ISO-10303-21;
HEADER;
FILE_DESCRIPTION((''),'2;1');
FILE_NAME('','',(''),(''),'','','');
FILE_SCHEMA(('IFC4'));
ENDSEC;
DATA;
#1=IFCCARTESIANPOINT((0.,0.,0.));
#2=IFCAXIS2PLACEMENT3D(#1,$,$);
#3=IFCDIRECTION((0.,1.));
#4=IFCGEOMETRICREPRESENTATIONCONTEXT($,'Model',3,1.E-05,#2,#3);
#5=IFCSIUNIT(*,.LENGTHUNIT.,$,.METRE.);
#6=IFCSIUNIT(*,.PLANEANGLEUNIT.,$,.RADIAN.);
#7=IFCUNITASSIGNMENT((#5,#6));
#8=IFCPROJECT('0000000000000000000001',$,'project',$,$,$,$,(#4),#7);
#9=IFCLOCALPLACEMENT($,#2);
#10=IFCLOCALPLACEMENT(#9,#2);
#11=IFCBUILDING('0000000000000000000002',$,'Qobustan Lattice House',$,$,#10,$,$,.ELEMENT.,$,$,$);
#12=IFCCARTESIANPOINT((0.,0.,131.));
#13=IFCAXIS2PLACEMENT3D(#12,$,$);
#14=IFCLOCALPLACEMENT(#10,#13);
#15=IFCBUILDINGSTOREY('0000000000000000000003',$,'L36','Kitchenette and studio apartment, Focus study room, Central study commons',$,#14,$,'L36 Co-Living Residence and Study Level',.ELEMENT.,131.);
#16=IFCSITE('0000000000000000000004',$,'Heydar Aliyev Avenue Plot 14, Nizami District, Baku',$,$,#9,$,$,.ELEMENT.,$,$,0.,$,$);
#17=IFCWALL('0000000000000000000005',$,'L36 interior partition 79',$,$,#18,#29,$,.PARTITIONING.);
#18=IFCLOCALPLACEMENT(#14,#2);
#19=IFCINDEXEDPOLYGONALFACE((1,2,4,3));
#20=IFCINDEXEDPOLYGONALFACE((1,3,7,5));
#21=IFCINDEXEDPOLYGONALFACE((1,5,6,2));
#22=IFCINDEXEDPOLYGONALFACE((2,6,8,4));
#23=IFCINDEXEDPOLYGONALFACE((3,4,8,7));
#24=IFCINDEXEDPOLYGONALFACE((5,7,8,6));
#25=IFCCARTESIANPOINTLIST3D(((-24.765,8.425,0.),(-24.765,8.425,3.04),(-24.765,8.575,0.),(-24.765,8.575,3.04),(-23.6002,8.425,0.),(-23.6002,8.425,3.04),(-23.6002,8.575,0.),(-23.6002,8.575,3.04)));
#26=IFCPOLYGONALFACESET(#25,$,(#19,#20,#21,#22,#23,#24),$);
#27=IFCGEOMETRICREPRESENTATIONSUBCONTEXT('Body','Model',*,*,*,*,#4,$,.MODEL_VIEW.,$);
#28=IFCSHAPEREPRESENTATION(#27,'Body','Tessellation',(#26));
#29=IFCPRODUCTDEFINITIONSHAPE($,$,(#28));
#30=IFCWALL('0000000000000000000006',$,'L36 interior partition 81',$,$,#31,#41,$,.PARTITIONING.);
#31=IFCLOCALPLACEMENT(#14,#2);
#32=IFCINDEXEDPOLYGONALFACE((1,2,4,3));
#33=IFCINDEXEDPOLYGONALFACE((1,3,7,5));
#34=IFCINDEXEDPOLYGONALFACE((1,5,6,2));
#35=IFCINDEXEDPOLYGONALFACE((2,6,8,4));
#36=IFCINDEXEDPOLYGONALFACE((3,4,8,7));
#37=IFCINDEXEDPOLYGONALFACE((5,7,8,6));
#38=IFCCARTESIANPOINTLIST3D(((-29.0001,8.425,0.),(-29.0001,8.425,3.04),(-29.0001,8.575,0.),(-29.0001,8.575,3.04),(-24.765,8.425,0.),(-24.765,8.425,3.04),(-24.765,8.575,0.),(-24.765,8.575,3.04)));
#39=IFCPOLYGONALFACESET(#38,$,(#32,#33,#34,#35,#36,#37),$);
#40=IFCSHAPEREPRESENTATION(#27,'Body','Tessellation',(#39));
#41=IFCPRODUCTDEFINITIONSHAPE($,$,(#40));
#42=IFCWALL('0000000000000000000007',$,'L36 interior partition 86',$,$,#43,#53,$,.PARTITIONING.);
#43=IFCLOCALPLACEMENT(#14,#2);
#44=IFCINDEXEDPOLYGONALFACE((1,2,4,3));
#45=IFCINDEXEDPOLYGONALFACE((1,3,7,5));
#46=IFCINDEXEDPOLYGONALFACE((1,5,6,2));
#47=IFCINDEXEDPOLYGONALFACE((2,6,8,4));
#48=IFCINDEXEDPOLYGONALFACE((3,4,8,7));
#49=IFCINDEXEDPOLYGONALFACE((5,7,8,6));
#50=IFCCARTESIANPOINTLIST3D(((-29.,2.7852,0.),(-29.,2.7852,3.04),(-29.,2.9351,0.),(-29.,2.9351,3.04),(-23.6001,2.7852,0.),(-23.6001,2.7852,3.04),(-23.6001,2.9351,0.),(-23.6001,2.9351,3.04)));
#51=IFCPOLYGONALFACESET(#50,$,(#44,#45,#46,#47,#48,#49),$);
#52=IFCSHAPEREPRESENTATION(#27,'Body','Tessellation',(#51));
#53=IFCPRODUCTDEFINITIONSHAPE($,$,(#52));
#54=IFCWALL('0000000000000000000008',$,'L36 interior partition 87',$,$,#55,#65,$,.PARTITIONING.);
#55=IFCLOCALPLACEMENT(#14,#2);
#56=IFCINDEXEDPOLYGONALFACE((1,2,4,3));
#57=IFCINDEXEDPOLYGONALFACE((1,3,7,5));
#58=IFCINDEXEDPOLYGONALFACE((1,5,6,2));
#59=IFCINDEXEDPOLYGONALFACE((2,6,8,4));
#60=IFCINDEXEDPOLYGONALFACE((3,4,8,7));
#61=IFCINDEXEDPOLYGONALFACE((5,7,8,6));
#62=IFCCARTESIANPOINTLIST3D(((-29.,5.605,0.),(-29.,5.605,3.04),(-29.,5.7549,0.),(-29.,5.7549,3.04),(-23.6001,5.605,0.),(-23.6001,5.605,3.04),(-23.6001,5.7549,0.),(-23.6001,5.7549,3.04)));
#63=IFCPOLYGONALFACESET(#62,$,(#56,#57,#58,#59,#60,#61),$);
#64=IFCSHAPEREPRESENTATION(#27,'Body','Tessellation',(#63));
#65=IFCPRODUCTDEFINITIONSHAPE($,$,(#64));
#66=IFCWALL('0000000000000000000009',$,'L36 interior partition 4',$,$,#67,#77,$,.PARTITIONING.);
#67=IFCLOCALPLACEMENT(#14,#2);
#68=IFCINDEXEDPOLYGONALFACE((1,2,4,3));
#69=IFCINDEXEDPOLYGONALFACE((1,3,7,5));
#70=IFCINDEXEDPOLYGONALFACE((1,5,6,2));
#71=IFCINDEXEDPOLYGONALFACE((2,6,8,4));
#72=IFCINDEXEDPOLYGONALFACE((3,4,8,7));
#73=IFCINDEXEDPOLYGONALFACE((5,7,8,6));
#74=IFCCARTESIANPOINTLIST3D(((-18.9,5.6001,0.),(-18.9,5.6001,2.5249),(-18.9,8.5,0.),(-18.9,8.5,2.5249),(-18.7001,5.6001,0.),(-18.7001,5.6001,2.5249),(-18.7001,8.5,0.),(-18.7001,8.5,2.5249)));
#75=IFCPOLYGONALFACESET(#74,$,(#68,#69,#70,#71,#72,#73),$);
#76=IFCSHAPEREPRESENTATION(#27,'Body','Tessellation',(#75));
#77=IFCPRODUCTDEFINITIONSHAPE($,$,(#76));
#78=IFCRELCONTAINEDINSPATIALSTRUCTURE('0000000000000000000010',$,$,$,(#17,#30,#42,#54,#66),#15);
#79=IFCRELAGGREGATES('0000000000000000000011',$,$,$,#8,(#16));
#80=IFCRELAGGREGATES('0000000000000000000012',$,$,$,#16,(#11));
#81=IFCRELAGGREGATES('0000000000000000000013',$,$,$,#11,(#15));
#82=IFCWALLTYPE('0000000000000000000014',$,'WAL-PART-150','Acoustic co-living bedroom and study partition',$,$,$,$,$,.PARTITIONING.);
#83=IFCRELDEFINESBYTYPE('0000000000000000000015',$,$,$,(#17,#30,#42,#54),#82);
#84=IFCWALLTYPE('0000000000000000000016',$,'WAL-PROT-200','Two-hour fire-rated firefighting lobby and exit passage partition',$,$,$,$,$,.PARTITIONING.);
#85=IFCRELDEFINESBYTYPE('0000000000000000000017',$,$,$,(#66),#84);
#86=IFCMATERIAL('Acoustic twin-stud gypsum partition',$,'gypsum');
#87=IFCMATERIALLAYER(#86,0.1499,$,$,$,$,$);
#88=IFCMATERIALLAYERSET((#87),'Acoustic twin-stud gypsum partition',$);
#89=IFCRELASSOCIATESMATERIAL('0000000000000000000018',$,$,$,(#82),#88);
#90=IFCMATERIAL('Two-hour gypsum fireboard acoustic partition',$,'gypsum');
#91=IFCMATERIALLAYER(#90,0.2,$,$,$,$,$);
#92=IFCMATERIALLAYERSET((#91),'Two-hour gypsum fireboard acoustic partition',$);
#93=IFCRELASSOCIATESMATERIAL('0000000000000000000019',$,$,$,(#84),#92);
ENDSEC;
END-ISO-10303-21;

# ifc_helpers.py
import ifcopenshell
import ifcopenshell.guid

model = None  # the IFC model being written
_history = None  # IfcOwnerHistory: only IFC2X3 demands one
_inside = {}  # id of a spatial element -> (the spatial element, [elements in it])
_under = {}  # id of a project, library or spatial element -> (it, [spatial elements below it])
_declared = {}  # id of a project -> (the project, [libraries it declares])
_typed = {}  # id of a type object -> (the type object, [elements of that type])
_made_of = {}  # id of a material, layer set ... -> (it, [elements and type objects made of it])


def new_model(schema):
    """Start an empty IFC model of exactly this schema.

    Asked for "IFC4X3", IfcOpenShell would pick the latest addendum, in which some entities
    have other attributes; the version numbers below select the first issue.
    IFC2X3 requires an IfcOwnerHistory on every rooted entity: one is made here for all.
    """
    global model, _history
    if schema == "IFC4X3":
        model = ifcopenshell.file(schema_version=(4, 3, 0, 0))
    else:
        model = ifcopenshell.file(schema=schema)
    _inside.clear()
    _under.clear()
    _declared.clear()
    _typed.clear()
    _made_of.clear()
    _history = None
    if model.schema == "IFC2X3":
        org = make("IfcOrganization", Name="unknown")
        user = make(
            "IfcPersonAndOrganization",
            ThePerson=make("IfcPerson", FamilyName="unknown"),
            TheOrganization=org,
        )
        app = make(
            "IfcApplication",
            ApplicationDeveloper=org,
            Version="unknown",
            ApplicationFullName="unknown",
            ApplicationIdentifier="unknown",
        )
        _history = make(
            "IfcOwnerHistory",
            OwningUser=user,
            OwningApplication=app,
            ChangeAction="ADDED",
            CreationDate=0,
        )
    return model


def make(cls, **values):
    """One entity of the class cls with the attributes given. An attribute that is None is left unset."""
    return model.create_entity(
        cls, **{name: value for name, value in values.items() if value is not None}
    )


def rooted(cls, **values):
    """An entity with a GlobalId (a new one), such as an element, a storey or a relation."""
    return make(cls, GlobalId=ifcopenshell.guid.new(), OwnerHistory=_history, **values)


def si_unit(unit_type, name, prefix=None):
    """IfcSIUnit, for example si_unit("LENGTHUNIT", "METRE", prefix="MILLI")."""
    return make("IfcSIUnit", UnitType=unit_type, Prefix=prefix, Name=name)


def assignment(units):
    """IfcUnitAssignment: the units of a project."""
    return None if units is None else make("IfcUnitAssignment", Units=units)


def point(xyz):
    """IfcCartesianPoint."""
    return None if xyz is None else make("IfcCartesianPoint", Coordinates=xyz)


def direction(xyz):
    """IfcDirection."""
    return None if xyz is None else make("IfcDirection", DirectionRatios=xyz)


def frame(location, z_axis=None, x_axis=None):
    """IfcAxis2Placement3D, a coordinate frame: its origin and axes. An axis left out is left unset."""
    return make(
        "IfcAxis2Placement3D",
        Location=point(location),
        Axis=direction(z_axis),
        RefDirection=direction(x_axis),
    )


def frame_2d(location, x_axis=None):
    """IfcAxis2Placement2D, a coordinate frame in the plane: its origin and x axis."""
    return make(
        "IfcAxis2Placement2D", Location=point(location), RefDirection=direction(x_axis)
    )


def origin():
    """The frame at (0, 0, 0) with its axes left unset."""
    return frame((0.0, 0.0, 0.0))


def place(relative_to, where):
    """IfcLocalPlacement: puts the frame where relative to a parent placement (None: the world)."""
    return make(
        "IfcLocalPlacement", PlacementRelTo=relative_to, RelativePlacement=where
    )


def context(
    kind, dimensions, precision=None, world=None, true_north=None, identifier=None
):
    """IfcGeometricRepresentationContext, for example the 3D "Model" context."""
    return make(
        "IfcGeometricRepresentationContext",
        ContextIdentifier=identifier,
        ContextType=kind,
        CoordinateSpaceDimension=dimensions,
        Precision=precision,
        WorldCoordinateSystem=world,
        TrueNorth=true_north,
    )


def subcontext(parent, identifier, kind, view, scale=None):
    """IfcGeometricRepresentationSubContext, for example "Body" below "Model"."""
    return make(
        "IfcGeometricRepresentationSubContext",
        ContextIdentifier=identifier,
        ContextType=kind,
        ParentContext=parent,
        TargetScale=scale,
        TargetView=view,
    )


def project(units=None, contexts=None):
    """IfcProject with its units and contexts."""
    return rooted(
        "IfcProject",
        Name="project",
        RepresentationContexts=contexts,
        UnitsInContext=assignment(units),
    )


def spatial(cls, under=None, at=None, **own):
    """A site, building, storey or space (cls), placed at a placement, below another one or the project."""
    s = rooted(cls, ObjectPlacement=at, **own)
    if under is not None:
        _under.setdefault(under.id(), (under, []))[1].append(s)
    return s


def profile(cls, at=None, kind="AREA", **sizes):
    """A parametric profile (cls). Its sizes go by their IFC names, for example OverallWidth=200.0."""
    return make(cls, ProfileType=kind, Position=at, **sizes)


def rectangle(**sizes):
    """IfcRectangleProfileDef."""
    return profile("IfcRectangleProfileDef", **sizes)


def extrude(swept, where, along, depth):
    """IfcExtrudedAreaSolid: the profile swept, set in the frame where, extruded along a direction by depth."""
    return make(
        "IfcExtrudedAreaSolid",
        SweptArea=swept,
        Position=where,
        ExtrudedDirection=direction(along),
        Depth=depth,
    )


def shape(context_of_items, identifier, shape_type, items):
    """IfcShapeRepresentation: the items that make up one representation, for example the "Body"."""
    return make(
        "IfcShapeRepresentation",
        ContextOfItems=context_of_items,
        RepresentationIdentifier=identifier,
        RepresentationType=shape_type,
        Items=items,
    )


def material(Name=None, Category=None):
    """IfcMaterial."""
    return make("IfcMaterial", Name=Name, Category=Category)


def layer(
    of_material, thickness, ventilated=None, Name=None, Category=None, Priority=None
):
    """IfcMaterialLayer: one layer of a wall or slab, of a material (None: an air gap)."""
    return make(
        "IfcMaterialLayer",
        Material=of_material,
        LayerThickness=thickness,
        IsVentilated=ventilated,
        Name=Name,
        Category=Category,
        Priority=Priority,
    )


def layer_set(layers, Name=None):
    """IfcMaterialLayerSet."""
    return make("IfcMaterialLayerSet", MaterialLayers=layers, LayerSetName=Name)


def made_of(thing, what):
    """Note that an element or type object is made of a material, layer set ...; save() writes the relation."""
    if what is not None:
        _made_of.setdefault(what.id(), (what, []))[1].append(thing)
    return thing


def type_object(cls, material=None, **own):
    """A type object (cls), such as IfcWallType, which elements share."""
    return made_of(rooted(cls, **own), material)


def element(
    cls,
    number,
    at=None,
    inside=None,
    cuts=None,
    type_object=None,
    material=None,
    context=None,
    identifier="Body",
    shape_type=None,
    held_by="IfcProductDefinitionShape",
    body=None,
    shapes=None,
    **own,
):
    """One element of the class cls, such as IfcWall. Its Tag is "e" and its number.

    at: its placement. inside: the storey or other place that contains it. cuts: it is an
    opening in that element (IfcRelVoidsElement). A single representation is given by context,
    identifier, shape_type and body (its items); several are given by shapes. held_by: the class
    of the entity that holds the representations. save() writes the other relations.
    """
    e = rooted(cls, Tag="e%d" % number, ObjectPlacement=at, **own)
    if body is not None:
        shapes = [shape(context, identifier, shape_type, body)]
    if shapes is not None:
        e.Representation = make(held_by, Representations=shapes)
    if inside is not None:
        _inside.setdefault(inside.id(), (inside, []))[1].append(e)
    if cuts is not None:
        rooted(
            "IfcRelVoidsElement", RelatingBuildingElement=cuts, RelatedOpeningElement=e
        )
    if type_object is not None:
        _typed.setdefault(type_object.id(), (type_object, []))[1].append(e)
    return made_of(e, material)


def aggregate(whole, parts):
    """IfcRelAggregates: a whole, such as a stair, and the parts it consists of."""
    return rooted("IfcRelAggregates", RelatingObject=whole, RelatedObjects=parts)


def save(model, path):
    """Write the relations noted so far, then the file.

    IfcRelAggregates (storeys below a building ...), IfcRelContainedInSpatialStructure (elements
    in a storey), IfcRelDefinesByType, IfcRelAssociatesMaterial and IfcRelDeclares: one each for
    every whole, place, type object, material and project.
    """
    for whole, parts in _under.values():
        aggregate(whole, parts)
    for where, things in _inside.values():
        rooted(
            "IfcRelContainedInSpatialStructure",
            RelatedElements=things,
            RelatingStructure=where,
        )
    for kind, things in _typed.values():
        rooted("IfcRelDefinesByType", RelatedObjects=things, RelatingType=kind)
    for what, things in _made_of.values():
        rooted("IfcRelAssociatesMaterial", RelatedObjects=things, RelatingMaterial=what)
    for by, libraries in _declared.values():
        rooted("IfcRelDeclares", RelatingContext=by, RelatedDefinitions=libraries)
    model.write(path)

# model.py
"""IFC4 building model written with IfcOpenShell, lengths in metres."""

from ifc_helpers import new_model, si_unit, direction, frame, frame_2d, origin, place, context, subcontext, project, spatial, rectangle, extrude, material, layer, layer_set, type_object, element, save


model = new_model("IFC4")

# Units and contexts
model_context = context("Model", 3, precision=1e-05, world=origin(), true_north=direction((0.0, 1.0)))
body_context = subcontext(model_context, "Body", "Model", "MODEL_VIEW")
ifc_project = project(units=[si_unit("LENGTHUNIT", "METRE"), si_unit("PLANEANGLEUNIT", "RADIAN")], contexts=[model_context])

# Site, building, storey
site_placement = place(None, origin())
site = spatial("IfcSite", under=ifc_project, at=site_placement, Name="Heydar Aliyev Avenue Plot 14, Nizami District, Baku", CompositionType="ELEMENT", RefElevation=0.0)
building_placement = place(site_placement, origin())
building = spatial("IfcBuilding", under=site, at=building_placement, Name="Qobustan Lattice House", CompositionType="ELEMENT")
storey_placement = place(building_placement, frame((0.0, 0.0, 131.0)))
storey = spatial("IfcBuildingStorey", under=building, at=storey_placement, Name="L36", Description="Kitchenette and studio apartment, Focus study room, Central study commons", LongName="L36 Co-Living Residence and Study Level", CompositionType="ELEMENT", Elevation=131.0)

# Shared definitions
ifc_material_1 = material(Name="Acoustic twin-stud gypsum partition", Category="gypsum")
ifc_layer_1 = layer(ifc_material_1, 0.1499)
ifc_layer_set_1 = layer_set([ifc_layer_1], Name="Acoustic twin-stud gypsum partition")
wall_type_1 = type_object("IfcWallType", Name="WAL-PART-150", Description="Acoustic co-living bedroom and study partition", PredefinedType="PARTITIONING", material=ifc_layer_set_1)

# Walls
wall_1_placement = place(storey_placement, frame((-23.6001, 8.5, 0.0), z_axis=(0.0, 0.0, 1.0), x_axis=(-1.0, 0.0, 0.0)))
element("IfcWall", 1, at=wall_1_placement, inside=storey, type_object=wall_type_1, Name="L36 interior partition 79", PredefinedType="PARTITIONING", context=body_context, shape_type="SweptSolid", body=[
    extrude(rectangle(XDim=1.1648, YDim=0.1499, at=frame_2d((0.5825, 0.0))), origin(), (0.0, 0.0, 1.0), 3.04),
])
wall_2_placement = place(storey_placement, frame((-24.7649, 8.5, 0.0), z_axis=(0.0, 0.0, 1.0), x_axis=(-1.0, 0.0, 0.0)))
element("IfcWall", 2, at=wall_2_placement, inside=storey, type_object=wall_type_1, Name="L36 interior partition 81", PredefinedType="PARTITIONING", context=body_context, shape_type="SweptSolid", body=[
    extrude(rectangle(XDim=4.2351, YDim=0.1499, at=frame_2d((2.1177, 0.0))), origin(), (0.0, 0.0, 1.0), 3.04),
])
for number, where, z_axis, x_axis, name in (
    (3, (-29.0, 2.8601, 0.0), (0.0, 0.0, 1.0), (1.0, 0.0, 0.0), "L36 interior partition 86"),
    (4, (-29.0, 5.6799, 0.0), (0.0, 0.0, 1.0), (1.0, 0.0, 0.0), "L36 interior partition 87"),
):
    element("IfcWall", number, at=place(storey_placement, frame(where, z_axis=z_axis, x_axis=x_axis)), inside=storey, type_object=wall_type_1, Name=name, PredefinedType="PARTITIONING", context=body_context, shape_type="SweptSolid", body=[
        extrude(rectangle(XDim=5.3999, YDim=0.1499, at=frame_2d((2.7, 0.0))), origin(), (0.0, 0.0, 1.0), 3.04),
    ])
ifc_material_2 = material(Name="Two-hour gypsum fireboard acoustic partition", Category="gypsum")
ifc_layer_2 = layer(ifc_material_2, 0.2)
ifc_layer_set_2 = layer_set([ifc_layer_2], Name="Two-hour gypsum fireboard acoustic partition")
wall_type_2 = type_object("IfcWallType", Name="WAL-PROT-200", Description="Two-hour fire-rated firefighting lobby and exit passage partition", PredefinedType="PARTITIONING", material=ifc_layer_set_2)
wall_3_placement = place(storey_placement, frame((-18.8, 8.5, 0.0), z_axis=(0.0, 0.0, 1.0), x_axis=(0.0, -1.0, 0.0)))
element("IfcWall", 5, at=wall_3_placement, inside=storey, type_object=wall_type_2, Name="L36 interior partition 4", PredefinedType="PARTITIONING", context=body_context, shape_type="SweptSolid", body=[
    extrude(rectangle(XDim=2.8999, YDim=0.2, at=frame_2d((1.45, 0.0))), origin(), (0.0, 0.0, 1.0), 2.5249),
])

save(model, "model.ifc")
